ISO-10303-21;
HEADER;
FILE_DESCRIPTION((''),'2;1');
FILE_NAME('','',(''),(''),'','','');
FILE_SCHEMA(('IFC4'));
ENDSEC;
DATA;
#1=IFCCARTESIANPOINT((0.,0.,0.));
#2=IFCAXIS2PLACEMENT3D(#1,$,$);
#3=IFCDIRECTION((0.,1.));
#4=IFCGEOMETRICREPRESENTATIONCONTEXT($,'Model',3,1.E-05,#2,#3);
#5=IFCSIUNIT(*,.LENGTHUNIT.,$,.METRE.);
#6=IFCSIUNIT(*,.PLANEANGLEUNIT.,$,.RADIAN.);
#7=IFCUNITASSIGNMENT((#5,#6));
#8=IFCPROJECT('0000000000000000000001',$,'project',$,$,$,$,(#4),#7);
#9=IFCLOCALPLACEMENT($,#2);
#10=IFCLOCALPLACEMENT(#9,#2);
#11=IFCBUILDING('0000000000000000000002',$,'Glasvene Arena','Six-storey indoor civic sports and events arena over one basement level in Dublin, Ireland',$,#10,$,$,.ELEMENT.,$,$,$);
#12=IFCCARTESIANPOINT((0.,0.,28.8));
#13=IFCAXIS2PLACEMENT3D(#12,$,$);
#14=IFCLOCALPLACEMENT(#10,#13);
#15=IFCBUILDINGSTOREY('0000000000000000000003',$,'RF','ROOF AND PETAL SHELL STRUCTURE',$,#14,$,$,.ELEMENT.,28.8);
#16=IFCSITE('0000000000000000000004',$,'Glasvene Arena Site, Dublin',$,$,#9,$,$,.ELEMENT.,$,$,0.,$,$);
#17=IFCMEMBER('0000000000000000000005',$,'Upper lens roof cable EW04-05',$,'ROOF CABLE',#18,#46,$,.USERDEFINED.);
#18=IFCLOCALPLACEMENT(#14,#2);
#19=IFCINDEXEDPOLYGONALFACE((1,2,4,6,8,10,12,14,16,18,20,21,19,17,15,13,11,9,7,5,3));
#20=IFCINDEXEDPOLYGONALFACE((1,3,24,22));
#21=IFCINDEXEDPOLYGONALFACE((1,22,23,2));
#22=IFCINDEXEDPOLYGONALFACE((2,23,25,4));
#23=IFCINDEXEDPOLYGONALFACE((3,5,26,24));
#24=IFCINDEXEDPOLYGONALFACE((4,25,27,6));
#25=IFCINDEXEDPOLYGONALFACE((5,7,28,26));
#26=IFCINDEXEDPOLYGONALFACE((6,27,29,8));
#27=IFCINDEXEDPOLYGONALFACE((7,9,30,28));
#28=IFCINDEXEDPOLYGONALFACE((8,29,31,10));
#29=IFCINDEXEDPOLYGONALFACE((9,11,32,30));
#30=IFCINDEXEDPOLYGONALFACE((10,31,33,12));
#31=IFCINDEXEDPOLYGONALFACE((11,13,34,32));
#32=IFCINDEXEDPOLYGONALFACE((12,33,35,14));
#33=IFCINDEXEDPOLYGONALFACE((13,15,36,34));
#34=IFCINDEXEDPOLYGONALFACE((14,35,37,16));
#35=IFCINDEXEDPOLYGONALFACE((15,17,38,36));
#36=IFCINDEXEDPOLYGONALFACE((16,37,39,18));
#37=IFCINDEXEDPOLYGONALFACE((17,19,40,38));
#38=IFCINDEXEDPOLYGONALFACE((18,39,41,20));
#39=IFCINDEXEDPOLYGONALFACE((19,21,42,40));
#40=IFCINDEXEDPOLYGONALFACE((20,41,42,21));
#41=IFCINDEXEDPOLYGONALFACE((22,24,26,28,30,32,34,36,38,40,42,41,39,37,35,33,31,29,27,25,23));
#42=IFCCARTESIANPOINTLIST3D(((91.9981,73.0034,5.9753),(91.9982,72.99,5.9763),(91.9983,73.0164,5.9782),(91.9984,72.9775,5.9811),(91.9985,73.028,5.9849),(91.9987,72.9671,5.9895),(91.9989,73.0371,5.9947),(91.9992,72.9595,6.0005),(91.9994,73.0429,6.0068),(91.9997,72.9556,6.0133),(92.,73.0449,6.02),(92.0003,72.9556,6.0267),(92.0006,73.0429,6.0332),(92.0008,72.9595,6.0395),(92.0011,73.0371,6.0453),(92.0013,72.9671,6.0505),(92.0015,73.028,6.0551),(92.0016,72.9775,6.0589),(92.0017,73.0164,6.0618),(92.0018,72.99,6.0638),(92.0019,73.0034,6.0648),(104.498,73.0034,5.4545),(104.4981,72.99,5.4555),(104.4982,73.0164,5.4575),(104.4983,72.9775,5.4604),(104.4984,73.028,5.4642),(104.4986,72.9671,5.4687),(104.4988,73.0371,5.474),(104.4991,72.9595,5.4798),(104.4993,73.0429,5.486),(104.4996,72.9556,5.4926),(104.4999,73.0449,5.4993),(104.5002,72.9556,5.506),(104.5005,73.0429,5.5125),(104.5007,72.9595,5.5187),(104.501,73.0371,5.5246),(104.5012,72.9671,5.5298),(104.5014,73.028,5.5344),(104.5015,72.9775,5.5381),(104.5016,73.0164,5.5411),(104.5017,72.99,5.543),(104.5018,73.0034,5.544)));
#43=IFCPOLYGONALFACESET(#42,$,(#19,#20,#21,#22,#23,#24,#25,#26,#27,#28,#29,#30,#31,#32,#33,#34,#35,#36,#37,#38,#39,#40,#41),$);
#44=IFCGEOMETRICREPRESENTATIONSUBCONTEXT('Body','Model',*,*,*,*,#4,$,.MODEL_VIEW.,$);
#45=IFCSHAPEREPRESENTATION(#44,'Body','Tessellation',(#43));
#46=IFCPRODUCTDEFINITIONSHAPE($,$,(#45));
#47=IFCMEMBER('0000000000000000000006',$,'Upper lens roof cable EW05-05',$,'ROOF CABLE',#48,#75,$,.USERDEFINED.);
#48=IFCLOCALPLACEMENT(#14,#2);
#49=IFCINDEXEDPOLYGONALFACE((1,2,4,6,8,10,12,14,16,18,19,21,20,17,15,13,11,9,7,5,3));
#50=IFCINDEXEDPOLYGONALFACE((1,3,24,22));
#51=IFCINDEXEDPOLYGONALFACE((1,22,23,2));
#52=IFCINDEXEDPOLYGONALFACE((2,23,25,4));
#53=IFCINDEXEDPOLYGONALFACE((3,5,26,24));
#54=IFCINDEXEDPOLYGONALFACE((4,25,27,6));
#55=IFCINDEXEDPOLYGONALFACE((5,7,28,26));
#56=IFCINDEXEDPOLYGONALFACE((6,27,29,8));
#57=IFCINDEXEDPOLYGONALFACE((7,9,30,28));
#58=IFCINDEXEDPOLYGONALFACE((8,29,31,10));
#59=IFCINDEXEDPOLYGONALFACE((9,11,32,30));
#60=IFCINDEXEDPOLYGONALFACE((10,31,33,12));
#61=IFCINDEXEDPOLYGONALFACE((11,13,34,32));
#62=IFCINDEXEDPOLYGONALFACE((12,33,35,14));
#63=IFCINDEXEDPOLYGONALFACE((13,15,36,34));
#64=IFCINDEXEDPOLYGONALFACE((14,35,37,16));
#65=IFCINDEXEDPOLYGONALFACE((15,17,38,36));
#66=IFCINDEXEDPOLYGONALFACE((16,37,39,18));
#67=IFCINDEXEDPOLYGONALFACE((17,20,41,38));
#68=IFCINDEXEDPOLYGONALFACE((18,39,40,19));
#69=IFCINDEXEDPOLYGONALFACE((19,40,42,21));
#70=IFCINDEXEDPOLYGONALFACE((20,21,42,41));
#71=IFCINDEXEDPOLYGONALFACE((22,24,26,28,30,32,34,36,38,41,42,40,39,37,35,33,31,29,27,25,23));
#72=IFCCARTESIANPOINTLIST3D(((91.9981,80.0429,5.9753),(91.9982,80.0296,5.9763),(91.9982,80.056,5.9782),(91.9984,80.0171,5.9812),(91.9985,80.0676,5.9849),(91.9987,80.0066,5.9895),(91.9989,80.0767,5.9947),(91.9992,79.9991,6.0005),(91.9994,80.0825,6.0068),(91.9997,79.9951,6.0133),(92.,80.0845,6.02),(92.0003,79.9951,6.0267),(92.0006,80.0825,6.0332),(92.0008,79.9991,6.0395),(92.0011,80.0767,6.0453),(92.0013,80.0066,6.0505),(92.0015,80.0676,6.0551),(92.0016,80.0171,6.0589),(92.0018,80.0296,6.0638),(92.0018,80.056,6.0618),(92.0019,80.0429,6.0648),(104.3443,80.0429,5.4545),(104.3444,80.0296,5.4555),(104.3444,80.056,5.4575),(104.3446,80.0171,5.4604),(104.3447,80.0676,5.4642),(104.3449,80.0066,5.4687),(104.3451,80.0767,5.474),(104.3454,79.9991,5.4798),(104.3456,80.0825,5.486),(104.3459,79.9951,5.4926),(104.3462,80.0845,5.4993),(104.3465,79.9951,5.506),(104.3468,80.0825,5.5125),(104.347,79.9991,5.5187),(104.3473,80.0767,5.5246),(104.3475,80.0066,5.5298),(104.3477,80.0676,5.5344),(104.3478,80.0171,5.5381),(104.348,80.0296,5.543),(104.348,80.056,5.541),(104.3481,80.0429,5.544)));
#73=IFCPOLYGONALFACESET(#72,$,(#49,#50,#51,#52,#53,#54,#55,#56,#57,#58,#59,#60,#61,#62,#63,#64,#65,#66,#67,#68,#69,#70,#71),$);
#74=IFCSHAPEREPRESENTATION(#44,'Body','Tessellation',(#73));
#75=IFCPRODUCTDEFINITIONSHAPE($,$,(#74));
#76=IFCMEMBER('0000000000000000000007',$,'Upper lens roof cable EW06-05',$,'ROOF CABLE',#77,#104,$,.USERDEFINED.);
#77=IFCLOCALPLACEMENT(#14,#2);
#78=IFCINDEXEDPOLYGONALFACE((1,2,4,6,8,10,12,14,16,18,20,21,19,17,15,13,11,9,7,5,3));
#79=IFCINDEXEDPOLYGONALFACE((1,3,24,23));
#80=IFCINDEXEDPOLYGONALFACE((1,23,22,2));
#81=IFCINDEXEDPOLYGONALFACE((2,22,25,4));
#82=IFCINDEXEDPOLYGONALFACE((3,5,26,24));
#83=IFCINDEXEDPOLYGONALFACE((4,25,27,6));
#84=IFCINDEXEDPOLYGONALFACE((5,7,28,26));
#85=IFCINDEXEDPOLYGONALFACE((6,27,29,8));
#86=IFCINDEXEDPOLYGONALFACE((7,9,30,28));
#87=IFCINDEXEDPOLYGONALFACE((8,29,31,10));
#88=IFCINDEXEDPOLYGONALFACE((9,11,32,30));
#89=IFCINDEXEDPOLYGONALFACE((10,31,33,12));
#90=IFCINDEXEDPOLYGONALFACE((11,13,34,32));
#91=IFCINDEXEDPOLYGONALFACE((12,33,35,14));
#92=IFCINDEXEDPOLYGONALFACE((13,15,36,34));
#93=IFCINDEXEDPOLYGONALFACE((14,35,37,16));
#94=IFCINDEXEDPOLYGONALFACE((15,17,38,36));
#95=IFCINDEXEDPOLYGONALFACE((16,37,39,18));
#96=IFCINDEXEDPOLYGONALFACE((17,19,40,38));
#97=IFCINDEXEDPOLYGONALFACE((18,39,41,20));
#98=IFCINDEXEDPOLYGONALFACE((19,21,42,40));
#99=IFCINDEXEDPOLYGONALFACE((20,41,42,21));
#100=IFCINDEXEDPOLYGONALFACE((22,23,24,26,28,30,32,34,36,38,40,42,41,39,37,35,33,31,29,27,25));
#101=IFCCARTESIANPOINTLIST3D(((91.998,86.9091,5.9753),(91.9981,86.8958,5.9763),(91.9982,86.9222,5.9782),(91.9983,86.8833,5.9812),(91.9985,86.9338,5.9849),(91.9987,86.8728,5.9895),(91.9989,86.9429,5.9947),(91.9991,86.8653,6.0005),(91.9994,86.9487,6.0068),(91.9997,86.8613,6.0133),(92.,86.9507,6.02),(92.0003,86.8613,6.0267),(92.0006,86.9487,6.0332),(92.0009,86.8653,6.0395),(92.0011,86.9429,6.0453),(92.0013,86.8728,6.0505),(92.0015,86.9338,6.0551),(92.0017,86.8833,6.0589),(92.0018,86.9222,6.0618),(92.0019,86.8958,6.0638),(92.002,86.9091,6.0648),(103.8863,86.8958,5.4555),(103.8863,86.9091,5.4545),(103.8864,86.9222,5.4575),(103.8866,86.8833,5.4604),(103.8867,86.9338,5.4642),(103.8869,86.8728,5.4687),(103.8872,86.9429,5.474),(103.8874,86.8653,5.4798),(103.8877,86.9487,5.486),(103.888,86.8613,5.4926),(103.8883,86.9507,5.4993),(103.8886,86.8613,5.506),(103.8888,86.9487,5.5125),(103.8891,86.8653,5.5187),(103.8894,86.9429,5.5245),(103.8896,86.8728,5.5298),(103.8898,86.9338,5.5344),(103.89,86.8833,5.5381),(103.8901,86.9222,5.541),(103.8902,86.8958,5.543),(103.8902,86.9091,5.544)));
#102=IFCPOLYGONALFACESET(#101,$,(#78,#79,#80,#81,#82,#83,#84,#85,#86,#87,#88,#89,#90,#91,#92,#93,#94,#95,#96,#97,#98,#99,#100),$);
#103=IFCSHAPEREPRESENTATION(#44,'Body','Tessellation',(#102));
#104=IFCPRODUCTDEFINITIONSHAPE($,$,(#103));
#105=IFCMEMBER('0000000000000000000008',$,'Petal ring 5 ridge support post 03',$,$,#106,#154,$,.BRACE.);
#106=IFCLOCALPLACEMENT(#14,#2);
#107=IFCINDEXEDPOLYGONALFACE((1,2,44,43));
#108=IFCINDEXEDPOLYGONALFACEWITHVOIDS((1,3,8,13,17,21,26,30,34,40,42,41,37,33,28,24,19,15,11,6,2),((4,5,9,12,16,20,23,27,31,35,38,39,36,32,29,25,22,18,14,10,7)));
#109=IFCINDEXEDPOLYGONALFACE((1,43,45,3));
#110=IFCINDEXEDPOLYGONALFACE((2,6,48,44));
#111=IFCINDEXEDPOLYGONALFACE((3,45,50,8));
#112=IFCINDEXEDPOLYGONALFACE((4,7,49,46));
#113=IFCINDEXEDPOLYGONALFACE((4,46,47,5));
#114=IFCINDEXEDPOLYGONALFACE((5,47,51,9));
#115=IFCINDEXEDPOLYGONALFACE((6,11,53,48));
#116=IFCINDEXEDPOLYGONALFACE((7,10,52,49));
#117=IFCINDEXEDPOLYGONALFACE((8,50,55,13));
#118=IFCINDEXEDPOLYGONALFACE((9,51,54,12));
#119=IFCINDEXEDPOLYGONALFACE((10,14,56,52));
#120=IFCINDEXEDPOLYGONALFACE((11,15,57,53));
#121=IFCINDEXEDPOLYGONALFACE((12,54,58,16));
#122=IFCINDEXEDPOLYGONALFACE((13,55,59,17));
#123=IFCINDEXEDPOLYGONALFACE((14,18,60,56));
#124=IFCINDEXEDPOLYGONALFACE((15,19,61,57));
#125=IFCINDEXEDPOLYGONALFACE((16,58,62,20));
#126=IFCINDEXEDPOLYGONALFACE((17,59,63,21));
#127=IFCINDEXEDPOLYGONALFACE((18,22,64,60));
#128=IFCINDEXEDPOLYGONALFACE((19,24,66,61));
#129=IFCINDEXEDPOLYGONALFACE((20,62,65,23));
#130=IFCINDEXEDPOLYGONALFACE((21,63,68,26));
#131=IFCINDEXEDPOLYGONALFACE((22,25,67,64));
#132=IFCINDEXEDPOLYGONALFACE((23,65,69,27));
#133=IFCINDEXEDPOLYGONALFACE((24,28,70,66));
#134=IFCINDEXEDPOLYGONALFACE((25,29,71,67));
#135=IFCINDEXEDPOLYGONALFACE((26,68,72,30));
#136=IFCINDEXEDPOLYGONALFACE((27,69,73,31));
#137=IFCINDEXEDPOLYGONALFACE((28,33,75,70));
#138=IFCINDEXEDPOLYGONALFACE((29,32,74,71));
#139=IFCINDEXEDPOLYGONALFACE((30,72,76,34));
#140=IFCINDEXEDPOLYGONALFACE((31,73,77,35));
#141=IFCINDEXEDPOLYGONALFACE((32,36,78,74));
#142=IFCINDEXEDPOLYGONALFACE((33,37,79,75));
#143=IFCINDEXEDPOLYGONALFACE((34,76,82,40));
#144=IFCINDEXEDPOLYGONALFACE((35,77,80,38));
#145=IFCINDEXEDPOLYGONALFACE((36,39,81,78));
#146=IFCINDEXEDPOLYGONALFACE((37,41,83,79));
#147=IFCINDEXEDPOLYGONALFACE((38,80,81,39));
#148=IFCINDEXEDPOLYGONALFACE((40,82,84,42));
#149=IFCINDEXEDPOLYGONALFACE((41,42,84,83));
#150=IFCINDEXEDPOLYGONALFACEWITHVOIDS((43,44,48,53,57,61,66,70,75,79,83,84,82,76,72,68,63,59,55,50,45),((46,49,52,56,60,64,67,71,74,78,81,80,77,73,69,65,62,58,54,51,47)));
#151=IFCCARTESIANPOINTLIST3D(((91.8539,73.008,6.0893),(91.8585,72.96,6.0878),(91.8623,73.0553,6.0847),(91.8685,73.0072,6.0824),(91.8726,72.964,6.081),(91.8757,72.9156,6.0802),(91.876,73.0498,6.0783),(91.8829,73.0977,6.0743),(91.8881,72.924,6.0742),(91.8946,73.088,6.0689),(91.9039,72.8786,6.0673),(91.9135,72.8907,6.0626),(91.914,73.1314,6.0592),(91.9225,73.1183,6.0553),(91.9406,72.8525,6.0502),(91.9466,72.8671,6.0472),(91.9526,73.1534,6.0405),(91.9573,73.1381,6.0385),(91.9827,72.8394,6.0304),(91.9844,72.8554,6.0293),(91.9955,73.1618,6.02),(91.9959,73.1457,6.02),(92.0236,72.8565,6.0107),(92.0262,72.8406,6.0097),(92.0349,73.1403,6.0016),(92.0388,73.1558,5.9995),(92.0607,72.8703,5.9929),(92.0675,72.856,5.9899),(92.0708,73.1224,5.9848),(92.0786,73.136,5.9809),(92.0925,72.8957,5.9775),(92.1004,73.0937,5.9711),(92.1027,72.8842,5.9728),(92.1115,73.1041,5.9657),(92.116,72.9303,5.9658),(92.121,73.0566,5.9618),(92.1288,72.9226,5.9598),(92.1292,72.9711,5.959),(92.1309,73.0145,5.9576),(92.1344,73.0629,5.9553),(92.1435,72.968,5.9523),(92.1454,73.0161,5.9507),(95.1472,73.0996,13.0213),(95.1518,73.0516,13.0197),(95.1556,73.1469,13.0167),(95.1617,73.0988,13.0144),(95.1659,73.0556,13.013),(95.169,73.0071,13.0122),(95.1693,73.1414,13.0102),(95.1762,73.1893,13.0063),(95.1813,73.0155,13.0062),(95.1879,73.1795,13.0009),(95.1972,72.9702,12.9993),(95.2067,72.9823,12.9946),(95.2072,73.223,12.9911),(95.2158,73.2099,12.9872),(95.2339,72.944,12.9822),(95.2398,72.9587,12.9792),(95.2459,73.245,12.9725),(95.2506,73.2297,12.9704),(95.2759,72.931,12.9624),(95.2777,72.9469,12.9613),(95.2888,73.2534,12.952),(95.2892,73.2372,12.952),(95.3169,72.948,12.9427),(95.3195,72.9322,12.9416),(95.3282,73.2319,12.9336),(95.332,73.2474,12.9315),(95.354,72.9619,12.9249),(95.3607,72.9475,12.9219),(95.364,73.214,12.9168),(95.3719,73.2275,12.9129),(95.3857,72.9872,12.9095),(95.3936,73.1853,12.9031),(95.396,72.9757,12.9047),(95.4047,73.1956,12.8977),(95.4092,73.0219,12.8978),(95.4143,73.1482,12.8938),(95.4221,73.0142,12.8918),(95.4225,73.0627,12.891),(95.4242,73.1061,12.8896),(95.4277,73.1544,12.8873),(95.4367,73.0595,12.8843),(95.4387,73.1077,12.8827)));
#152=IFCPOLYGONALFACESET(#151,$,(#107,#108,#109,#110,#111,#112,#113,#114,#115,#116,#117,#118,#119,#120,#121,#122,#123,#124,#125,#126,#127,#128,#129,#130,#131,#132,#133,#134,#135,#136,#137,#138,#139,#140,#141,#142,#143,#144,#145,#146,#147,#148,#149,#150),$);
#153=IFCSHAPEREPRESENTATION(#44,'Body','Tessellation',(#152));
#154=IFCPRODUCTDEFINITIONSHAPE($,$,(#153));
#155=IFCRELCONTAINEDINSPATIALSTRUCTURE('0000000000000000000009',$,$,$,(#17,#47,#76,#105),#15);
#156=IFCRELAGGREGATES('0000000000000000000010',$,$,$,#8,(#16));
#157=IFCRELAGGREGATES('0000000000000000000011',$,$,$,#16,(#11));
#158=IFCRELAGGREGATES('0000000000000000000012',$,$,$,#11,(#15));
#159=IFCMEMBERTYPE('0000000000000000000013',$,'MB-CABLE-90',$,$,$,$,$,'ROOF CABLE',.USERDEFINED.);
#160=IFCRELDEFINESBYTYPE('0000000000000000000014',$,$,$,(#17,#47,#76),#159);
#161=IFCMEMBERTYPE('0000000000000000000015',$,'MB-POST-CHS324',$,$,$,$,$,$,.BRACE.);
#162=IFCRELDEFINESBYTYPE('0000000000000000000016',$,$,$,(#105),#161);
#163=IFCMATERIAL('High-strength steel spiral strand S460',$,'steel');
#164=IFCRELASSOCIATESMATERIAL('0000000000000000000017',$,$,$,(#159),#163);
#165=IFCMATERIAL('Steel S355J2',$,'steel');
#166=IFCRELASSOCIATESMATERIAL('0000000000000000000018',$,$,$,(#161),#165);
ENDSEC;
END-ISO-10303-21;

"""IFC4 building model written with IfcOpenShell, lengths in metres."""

from ifc_helpers import new_model, si_unit, direction, frame, origin, origin_2d, place, context, subcontext, project, spatial, circle, hollow_circle, extrude, material, material_profile, profile_set, type_object, element, save


model = new_model("IFC4")

# Units and contexts
model_context = context("Model", 3, precision=1e-05, world=origin(), true_north=direction((0.0, 1.0)))
body_context = subcontext(model_context, "Body", "Model", "MODEL_VIEW")
ifc_project = project(units=[si_unit("LENGTHUNIT", "METRE"), si_unit("PLANEANGLEUNIT", "RADIAN")], contexts=[model_context])

# Site, building, storey
site_placement = place(None, origin())
site = spatial("IfcSite", under=ifc_project, at=site_placement, Name="Glasvene Arena Site, Dublin", CompositionType="ELEMENT", RefElevation=0.0)
building_placement = place(site_placement, origin())
building = spatial("IfcBuilding", under=site, at=building_placement, Name="Glasvene Arena", Description="Six-storey indoor civic sports and events arena over one basement level in Dublin, Ireland", CompositionType="ELEMENT")
storey_placement = place(building_placement, frame((0.0, 0.0, 28.8)))
storey = spatial("IfcBuildingStorey", under=building, at=storey_placement, Name="RF", Description="ROOF AND PETAL SHELL STRUCTURE", CompositionType="ELEMENT", Elevation=28.8)

# Shared definitions
ifc_material_1 = material(Name="Steel S355J2", Category="steel")

# Members
ifc_material_2 = material(Name="High-strength steel spiral strand S460", Category="steel")
ifc_material_profile_1 = material_profile(ifc_material_2, circle(Radius=0.0449, at=origin_2d()), Name="LCSS D90")
ifc_profile_set_1 = profile_set([ifc_material_profile_1], Name="High-strength steel spiral strand S460")
member_type_1 = type_object("IfcMemberType", Name="MB-CABLE-90", ElementType="ROOF CABLE", PredefinedType="USERDEFINED", material=ifc_profile_set_1)
member_1_placement = place(storey_placement, frame((92.0, 73.0, 6.02), z_axis=(0.999133, 0.0, -0.041624), x_axis=(0.0, 1.0, 0.0)))
element("IfcMember", 1, at=member_1_placement, inside=storey, type_object=member_type_1, Name="Upper lens roof cable EW04-05", ObjectType="ROOF CABLE", PredefinedType="USERDEFINED", context=body_context, shape_type="SweptSolid", body=[
    extrude(circle(Radius=0.0449, at=origin_2d()), origin(), (0.0, 0.0, 1.0), 12.5107),
])
member_2_placement = place(storey_placement, frame((92.0, 80.0396, 6.02), z_axis=(0.999112, 0.0, -0.042142), x_axis=(0.0, 1.0, 0.0)))
element("IfcMember", 2, at=member_2_placement, inside=storey, type_object=member_type_1, Name="Upper lens roof cable EW05-05", ObjectType="ROOF CABLE", PredefinedType="USERDEFINED", context=body_context, shape_type="SweptSolid", body=[
    extrude(circle(Radius=0.0449, at=origin_2d()), origin(), (0.0, 0.0, 1.0), 12.3572),
])
member_3_placement = place(storey_placement, frame((92.0, 86.9058, 6.02), z_axis=(0.999042, 0.0, -0.043762), x_axis=(0.0, 1.0, 0.0)))
element("IfcMember", 3, at=member_3_placement, inside=storey, type_object=member_type_1, Name="Upper lens roof cable EW06-05", ObjectType="ROOF CABLE", PredefinedType="USERDEFINED", context=body_context, shape_type="SweptSolid", body=[
    extrude(circle(Radius=0.0449, at=origin_2d()), origin(), (0.0, 0.0, 1.0), 11.8997),
])
ifc_material_profile_2 = material_profile(ifc_material_1, hollow_circle(Radius=0.1619, WallThickness=0.0161, at=origin_2d()), Name="CHS 323.9x16.0")
ifc_profile_set_2 = profile_set([ifc_material_profile_2], Name="Steel S355J2")
member_type_2 = type_object("IfcMemberType", Name="MB-POST-CHS324", PredefinedType="BRACE", material=ifc_profile_set_2)
member_4_placement = place(storey_placement, frame((92.0, 73.0, 6.02), z_axis=(0.429087, 0.011929, 0.903185), x_axis=(-0.02779, 0.999614, 0.0)))
element("IfcMember", 4, at=member_4_placement, inside=storey, type_object=member_type_2, Name="Petal ring 5 ridge support post 03", PredefinedType="BRACE", context=body_context, shape_type="SweptSolid", body=[
    extrude(hollow_circle(Radius=0.1619, WallThickness=0.0161, at=origin_2d()), origin(), (0.0, 0.0, 1.0), 7.675),
])

save(model, "model.ifc")
